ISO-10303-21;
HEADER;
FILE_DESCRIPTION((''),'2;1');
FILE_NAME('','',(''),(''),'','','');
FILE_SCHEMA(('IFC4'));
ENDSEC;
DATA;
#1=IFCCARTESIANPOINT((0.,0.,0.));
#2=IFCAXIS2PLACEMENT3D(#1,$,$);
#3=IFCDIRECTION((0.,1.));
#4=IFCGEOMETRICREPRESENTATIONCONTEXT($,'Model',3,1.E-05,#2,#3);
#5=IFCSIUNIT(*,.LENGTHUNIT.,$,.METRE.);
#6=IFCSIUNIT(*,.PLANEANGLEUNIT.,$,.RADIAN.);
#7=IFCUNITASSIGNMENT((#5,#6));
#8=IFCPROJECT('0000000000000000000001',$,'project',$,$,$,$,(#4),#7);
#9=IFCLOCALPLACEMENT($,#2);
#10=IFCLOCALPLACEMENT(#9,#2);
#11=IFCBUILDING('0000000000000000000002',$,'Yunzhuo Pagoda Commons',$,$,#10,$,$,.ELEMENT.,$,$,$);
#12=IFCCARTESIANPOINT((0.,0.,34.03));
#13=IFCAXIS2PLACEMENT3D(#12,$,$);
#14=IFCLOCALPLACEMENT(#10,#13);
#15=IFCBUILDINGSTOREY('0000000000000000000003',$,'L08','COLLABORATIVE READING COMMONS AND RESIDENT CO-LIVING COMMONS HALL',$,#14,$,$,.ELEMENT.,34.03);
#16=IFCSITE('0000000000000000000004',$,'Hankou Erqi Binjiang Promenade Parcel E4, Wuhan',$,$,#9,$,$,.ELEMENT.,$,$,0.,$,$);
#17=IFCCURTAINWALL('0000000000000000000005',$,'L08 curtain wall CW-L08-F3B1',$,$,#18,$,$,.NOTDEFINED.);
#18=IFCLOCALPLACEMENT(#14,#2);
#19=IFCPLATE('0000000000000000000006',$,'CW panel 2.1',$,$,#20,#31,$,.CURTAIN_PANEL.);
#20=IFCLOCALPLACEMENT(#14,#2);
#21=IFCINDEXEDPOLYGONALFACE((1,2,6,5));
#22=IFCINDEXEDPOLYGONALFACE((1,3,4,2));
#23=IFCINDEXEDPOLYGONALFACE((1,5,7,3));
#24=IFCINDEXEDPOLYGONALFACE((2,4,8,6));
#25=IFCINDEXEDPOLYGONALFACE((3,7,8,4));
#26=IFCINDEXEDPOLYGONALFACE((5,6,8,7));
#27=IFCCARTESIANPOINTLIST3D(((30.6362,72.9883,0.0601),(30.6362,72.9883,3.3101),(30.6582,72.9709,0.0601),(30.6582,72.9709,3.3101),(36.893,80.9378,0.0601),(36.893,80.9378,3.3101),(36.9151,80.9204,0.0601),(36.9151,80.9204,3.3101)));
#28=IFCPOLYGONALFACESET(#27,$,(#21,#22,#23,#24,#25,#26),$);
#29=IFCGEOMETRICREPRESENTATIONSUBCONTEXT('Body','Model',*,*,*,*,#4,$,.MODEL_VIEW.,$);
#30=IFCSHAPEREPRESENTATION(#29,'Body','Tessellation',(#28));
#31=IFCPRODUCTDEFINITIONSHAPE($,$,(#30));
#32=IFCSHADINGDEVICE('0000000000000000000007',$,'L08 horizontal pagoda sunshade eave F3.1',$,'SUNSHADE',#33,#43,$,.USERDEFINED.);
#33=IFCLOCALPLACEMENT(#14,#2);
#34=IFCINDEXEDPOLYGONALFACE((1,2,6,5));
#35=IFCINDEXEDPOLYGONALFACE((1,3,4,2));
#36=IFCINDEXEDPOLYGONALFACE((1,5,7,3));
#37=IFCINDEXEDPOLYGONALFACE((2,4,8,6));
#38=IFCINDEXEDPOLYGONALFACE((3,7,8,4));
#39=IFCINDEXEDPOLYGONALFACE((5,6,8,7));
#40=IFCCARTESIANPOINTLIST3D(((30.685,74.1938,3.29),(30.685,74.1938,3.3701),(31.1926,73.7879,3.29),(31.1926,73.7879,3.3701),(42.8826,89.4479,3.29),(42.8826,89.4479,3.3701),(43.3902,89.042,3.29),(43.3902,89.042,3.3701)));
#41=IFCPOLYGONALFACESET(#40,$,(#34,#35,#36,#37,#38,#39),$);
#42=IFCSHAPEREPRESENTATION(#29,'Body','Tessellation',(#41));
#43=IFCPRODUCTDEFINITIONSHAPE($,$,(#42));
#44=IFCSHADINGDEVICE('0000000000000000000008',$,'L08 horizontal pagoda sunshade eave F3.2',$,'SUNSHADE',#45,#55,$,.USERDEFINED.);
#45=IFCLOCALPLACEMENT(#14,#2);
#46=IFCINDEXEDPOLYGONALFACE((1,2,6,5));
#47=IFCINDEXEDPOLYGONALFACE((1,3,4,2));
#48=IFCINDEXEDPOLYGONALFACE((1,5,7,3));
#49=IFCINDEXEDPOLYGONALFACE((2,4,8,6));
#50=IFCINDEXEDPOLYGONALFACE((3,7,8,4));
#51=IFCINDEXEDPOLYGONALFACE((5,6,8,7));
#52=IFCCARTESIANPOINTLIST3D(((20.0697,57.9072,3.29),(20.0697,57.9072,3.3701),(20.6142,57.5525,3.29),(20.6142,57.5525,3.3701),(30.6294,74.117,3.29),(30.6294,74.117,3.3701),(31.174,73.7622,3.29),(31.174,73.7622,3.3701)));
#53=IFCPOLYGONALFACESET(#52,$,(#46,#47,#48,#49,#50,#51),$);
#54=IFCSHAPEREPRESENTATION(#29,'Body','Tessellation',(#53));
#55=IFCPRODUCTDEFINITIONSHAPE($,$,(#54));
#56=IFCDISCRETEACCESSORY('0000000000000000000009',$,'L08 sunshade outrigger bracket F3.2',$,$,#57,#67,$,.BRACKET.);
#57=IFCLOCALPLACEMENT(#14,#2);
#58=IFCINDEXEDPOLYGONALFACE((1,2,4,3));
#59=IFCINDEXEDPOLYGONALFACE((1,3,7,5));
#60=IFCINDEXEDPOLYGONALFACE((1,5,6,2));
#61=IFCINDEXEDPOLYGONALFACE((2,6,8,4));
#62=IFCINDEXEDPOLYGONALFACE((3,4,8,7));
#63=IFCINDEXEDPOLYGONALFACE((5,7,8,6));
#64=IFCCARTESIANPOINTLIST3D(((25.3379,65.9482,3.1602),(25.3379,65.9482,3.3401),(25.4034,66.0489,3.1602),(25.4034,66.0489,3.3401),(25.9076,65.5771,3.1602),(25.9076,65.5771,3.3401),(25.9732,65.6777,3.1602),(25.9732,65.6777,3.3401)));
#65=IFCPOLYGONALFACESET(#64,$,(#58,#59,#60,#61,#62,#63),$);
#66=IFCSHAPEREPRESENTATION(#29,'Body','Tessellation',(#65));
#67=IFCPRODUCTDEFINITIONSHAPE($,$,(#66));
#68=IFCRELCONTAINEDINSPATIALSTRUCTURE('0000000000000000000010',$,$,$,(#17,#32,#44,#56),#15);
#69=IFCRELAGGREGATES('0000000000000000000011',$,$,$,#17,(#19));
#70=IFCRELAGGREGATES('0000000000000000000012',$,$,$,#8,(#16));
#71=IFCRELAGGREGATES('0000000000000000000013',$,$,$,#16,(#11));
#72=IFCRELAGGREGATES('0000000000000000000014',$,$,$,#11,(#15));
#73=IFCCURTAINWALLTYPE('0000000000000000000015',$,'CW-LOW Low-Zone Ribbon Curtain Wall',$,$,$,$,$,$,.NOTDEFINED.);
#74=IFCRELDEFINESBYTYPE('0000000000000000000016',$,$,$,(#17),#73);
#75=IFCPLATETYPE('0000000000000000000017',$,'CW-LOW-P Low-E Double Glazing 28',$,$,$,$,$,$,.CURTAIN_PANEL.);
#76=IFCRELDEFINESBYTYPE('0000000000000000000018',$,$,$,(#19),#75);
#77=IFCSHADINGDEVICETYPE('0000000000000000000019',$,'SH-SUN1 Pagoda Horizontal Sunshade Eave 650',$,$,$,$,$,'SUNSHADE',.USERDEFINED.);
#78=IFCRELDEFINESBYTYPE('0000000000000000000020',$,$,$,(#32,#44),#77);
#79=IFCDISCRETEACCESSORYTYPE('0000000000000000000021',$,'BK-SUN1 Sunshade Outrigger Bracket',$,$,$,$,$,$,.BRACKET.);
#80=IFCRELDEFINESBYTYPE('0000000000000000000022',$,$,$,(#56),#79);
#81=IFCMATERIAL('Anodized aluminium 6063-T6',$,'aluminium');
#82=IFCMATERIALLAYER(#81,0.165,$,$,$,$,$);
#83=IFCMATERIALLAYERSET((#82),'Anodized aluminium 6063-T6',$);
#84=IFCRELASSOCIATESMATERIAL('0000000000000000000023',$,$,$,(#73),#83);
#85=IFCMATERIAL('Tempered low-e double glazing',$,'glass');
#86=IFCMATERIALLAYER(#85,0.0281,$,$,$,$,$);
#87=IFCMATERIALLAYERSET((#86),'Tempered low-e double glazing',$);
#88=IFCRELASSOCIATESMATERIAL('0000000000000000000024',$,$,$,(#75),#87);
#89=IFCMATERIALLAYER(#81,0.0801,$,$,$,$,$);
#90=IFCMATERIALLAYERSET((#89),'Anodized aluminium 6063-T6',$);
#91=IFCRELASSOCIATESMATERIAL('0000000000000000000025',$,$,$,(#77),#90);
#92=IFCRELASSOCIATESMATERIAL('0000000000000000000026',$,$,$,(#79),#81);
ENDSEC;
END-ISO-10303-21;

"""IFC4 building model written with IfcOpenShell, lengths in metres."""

from ifc_helpers import new_model, si_unit, direction, frame, origin, origin_2d, place, context, subcontext, project, spatial, rectangle, extrude, source, transform, mapped, material, layer, layer_set, type_object, element, aggregate, save


model = new_model("IFC4")

# Units and contexts
model_context = context("Model", 3, precision=1e-05, world=origin(), true_north=direction((0.0, 1.0)))
body_context = subcontext(model_context, "Body", "Model", "MODEL_VIEW")
ifc_project = project(units=[si_unit("LENGTHUNIT", "METRE"), si_unit("PLANEANGLEUNIT", "RADIAN")], contexts=[model_context])

# Site, building, storey
site_placement = place(None, origin())
site = spatial("IfcSite", under=ifc_project, at=site_placement, Name="Hankou Erqi Binjiang Promenade Parcel E4, Wuhan", CompositionType="ELEMENT", RefElevation=0.0)
building_placement = place(site_placement, origin())
building = spatial("IfcBuilding", under=site, at=building_placement, Name="Yunzhuo Pagoda Commons", CompositionType="ELEMENT")
storey_placement = place(building_placement, frame((0.0, 0.0, 34.03)))
storey = spatial("IfcBuildingStorey", under=building, at=storey_placement, Name="L08", Description="COLLABORATIVE READING COMMONS AND RESIDENT CO-LIVING COMMONS HALL", CompositionType="ELEMENT", Elevation=34.03)

# Curtain wall
ifc_material_1 = material(Name="Anodized aluminium 6063-T6", Category="aluminium")
ifc_layer_1 = layer(ifc_material_1, 0.165)
ifc_layer_set_1 = layer_set([ifc_layer_1], Name="Anodized aluminium 6063-T6")
curtain_wall_type = type_object("IfcCurtainWallType", Name="CW-LOW Low-Zone Ribbon Curtain Wall", PredefinedType="NOTDEFINED", material=ifc_layer_set_1)
curtain_wall_1_placement = place(storey_placement, origin())
curtain_wall_1 = element("IfcCurtainWall", 1, at=curtain_wall_1_placement, inside=storey, type_object=curtain_wall_type, Name="L08 curtain wall CW-L08-F3B1", PredefinedType="NOTDEFINED")

# Shared definitions
ifc_material_2 = material(Name="Tempered low-e double glazing", Category="glass")
ifc_layer_2 = layer(ifc_material_2, 0.0281)
ifc_layer_set_2 = layer_set([ifc_layer_2], Name="Tempered low-e double glazing")
plate_type_1 = type_object("IfcPlateType", Name="CW-LOW-P Low-E Double Glazing 28", PredefinedType="CURTAIN_PANEL", material=ifc_layer_set_2)

# Plate
shared_shape_1 = source(origin(), body_context, "Body", "SweptSolid", [
    extrude(rectangle(XDim=10.1165, YDim=0.0281, at=origin_2d()), origin(), (0.0, 0.0, 1.0), 3.25),
])
plate_1_placement = place(storey_placement, frame((33.7756, 76.9543, 0.0601), z_axis=(0.0, 0.0, 1.0), x_axis=(-0.618481, -0.7858, 0.0)))
plate_1 = element("IfcPlate", 2, at=plate_1_placement, type_object=plate_type_1, Name="CW panel 2.1", PredefinedType="CURTAIN_PANEL", context=body_context, shape_type="MappedRepresentation", body=[
    mapped(shared_shape_1, transform((0.0, 0.0, 0.0), scale=1.0)),
])
aggregate(curtain_wall_1, [plate_1])

# Shading devices
ifc_layer_3 = layer(ifc_material_1, 0.0801)
ifc_layer_set_3 = layer_set([ifc_layer_3], Name="Anodized aluminium 6063-T6")
shading_device_type = type_object("IfcShadingDeviceType", Name="SH-SUN1 Pagoda Horizontal Sunshade Eave 650", ElementType="SUNSHADE", PredefinedType="USERDEFINED", material=ifc_layer_set_3)
shared_shape_2 = source(origin(), body_context, "Body", "SweptSolid", [
    extrude(rectangle(XDim=19.5312, YDim=0.6499, at=origin_2d()), origin(), (0.0, 0.0, 1.0), 0.0801),
])
shading_device_1_placement = place(storey_placement, frame((37.0376, 81.6179, 3.29), z_axis=(0.0, 0.0, 1.0), x_axis=(-0.62452, -0.781008, 0.0)))
element("IfcShadingDevice", 3, at=shading_device_1_placement, inside=storey, type_object=shading_device_type, Name="L08 horizontal pagoda sunshade eave F3.1", ObjectType="SUNSHADE", PredefinedType="USERDEFINED", context=body_context, shape_type="MappedRepresentation", body=[
    mapped(shared_shape_2, transform((0.0, 0.0, 0.0), scale=1.0)),
])
shared_shape_3 = source(origin(), body_context, "Body", "SweptSolid", [
    extrude(rectangle(XDim=19.3459, YDim=0.6499, at=origin_2d()), origin(), (0.0, 0.0, 1.0), 0.0801),
])
shading_device_2_placement = place(storey_placement, frame((25.6218, 65.8347, 3.29), z_axis=(0.0, 0.0, 1.0), x_axis=(-0.545839, -0.83789, 0.0)))
element("IfcShadingDevice", 4, at=shading_device_2_placement, inside=storey, type_object=shading_device_type, Name="L08 horizontal pagoda sunshade eave F3.2", ObjectType="SUNSHADE", PredefinedType="USERDEFINED", context=body_context, shape_type="MappedRepresentation", body=[
    mapped(shared_shape_3, transform((0.0, 0.0, 0.0), scale=1.0)),
])

# Discrete accessory
discrete_accessory_type = type_object("IfcDiscreteAccessoryType", Name="BK-SUN1 Sunshade Outrigger Bracket", PredefinedType="BRACKET", material=ifc_material_1)
shared_shape_4 = source(origin(), body_context, "Body", "SweptSolid", [
    extrude(rectangle(XDim=0.1201, YDim=0.6799, at=origin_2d()), origin(), (0.0, 0.0, 1.0), 0.1799),
])
discrete_accessory_placement = place(storey_placement, frame((25.6555, 65.813, 3.1602), z_axis=(0.0, 0.0, 1.0), x_axis=(-0.545839, -0.83789, 0.0)))
element("IfcDiscreteAccessory", 5, at=discrete_accessory_placement, inside=storey, type_object=discrete_accessory_type, Name="L08 sunshade outrigger bracket F3.2", PredefinedType="BRACKET", context=body_context, shape_type="MappedRepresentation", body=[
    mapped(shared_shape_4, transform((0.0, 0.0, 0.0), scale=1.0)),
])

save(model, "model.ifc")
